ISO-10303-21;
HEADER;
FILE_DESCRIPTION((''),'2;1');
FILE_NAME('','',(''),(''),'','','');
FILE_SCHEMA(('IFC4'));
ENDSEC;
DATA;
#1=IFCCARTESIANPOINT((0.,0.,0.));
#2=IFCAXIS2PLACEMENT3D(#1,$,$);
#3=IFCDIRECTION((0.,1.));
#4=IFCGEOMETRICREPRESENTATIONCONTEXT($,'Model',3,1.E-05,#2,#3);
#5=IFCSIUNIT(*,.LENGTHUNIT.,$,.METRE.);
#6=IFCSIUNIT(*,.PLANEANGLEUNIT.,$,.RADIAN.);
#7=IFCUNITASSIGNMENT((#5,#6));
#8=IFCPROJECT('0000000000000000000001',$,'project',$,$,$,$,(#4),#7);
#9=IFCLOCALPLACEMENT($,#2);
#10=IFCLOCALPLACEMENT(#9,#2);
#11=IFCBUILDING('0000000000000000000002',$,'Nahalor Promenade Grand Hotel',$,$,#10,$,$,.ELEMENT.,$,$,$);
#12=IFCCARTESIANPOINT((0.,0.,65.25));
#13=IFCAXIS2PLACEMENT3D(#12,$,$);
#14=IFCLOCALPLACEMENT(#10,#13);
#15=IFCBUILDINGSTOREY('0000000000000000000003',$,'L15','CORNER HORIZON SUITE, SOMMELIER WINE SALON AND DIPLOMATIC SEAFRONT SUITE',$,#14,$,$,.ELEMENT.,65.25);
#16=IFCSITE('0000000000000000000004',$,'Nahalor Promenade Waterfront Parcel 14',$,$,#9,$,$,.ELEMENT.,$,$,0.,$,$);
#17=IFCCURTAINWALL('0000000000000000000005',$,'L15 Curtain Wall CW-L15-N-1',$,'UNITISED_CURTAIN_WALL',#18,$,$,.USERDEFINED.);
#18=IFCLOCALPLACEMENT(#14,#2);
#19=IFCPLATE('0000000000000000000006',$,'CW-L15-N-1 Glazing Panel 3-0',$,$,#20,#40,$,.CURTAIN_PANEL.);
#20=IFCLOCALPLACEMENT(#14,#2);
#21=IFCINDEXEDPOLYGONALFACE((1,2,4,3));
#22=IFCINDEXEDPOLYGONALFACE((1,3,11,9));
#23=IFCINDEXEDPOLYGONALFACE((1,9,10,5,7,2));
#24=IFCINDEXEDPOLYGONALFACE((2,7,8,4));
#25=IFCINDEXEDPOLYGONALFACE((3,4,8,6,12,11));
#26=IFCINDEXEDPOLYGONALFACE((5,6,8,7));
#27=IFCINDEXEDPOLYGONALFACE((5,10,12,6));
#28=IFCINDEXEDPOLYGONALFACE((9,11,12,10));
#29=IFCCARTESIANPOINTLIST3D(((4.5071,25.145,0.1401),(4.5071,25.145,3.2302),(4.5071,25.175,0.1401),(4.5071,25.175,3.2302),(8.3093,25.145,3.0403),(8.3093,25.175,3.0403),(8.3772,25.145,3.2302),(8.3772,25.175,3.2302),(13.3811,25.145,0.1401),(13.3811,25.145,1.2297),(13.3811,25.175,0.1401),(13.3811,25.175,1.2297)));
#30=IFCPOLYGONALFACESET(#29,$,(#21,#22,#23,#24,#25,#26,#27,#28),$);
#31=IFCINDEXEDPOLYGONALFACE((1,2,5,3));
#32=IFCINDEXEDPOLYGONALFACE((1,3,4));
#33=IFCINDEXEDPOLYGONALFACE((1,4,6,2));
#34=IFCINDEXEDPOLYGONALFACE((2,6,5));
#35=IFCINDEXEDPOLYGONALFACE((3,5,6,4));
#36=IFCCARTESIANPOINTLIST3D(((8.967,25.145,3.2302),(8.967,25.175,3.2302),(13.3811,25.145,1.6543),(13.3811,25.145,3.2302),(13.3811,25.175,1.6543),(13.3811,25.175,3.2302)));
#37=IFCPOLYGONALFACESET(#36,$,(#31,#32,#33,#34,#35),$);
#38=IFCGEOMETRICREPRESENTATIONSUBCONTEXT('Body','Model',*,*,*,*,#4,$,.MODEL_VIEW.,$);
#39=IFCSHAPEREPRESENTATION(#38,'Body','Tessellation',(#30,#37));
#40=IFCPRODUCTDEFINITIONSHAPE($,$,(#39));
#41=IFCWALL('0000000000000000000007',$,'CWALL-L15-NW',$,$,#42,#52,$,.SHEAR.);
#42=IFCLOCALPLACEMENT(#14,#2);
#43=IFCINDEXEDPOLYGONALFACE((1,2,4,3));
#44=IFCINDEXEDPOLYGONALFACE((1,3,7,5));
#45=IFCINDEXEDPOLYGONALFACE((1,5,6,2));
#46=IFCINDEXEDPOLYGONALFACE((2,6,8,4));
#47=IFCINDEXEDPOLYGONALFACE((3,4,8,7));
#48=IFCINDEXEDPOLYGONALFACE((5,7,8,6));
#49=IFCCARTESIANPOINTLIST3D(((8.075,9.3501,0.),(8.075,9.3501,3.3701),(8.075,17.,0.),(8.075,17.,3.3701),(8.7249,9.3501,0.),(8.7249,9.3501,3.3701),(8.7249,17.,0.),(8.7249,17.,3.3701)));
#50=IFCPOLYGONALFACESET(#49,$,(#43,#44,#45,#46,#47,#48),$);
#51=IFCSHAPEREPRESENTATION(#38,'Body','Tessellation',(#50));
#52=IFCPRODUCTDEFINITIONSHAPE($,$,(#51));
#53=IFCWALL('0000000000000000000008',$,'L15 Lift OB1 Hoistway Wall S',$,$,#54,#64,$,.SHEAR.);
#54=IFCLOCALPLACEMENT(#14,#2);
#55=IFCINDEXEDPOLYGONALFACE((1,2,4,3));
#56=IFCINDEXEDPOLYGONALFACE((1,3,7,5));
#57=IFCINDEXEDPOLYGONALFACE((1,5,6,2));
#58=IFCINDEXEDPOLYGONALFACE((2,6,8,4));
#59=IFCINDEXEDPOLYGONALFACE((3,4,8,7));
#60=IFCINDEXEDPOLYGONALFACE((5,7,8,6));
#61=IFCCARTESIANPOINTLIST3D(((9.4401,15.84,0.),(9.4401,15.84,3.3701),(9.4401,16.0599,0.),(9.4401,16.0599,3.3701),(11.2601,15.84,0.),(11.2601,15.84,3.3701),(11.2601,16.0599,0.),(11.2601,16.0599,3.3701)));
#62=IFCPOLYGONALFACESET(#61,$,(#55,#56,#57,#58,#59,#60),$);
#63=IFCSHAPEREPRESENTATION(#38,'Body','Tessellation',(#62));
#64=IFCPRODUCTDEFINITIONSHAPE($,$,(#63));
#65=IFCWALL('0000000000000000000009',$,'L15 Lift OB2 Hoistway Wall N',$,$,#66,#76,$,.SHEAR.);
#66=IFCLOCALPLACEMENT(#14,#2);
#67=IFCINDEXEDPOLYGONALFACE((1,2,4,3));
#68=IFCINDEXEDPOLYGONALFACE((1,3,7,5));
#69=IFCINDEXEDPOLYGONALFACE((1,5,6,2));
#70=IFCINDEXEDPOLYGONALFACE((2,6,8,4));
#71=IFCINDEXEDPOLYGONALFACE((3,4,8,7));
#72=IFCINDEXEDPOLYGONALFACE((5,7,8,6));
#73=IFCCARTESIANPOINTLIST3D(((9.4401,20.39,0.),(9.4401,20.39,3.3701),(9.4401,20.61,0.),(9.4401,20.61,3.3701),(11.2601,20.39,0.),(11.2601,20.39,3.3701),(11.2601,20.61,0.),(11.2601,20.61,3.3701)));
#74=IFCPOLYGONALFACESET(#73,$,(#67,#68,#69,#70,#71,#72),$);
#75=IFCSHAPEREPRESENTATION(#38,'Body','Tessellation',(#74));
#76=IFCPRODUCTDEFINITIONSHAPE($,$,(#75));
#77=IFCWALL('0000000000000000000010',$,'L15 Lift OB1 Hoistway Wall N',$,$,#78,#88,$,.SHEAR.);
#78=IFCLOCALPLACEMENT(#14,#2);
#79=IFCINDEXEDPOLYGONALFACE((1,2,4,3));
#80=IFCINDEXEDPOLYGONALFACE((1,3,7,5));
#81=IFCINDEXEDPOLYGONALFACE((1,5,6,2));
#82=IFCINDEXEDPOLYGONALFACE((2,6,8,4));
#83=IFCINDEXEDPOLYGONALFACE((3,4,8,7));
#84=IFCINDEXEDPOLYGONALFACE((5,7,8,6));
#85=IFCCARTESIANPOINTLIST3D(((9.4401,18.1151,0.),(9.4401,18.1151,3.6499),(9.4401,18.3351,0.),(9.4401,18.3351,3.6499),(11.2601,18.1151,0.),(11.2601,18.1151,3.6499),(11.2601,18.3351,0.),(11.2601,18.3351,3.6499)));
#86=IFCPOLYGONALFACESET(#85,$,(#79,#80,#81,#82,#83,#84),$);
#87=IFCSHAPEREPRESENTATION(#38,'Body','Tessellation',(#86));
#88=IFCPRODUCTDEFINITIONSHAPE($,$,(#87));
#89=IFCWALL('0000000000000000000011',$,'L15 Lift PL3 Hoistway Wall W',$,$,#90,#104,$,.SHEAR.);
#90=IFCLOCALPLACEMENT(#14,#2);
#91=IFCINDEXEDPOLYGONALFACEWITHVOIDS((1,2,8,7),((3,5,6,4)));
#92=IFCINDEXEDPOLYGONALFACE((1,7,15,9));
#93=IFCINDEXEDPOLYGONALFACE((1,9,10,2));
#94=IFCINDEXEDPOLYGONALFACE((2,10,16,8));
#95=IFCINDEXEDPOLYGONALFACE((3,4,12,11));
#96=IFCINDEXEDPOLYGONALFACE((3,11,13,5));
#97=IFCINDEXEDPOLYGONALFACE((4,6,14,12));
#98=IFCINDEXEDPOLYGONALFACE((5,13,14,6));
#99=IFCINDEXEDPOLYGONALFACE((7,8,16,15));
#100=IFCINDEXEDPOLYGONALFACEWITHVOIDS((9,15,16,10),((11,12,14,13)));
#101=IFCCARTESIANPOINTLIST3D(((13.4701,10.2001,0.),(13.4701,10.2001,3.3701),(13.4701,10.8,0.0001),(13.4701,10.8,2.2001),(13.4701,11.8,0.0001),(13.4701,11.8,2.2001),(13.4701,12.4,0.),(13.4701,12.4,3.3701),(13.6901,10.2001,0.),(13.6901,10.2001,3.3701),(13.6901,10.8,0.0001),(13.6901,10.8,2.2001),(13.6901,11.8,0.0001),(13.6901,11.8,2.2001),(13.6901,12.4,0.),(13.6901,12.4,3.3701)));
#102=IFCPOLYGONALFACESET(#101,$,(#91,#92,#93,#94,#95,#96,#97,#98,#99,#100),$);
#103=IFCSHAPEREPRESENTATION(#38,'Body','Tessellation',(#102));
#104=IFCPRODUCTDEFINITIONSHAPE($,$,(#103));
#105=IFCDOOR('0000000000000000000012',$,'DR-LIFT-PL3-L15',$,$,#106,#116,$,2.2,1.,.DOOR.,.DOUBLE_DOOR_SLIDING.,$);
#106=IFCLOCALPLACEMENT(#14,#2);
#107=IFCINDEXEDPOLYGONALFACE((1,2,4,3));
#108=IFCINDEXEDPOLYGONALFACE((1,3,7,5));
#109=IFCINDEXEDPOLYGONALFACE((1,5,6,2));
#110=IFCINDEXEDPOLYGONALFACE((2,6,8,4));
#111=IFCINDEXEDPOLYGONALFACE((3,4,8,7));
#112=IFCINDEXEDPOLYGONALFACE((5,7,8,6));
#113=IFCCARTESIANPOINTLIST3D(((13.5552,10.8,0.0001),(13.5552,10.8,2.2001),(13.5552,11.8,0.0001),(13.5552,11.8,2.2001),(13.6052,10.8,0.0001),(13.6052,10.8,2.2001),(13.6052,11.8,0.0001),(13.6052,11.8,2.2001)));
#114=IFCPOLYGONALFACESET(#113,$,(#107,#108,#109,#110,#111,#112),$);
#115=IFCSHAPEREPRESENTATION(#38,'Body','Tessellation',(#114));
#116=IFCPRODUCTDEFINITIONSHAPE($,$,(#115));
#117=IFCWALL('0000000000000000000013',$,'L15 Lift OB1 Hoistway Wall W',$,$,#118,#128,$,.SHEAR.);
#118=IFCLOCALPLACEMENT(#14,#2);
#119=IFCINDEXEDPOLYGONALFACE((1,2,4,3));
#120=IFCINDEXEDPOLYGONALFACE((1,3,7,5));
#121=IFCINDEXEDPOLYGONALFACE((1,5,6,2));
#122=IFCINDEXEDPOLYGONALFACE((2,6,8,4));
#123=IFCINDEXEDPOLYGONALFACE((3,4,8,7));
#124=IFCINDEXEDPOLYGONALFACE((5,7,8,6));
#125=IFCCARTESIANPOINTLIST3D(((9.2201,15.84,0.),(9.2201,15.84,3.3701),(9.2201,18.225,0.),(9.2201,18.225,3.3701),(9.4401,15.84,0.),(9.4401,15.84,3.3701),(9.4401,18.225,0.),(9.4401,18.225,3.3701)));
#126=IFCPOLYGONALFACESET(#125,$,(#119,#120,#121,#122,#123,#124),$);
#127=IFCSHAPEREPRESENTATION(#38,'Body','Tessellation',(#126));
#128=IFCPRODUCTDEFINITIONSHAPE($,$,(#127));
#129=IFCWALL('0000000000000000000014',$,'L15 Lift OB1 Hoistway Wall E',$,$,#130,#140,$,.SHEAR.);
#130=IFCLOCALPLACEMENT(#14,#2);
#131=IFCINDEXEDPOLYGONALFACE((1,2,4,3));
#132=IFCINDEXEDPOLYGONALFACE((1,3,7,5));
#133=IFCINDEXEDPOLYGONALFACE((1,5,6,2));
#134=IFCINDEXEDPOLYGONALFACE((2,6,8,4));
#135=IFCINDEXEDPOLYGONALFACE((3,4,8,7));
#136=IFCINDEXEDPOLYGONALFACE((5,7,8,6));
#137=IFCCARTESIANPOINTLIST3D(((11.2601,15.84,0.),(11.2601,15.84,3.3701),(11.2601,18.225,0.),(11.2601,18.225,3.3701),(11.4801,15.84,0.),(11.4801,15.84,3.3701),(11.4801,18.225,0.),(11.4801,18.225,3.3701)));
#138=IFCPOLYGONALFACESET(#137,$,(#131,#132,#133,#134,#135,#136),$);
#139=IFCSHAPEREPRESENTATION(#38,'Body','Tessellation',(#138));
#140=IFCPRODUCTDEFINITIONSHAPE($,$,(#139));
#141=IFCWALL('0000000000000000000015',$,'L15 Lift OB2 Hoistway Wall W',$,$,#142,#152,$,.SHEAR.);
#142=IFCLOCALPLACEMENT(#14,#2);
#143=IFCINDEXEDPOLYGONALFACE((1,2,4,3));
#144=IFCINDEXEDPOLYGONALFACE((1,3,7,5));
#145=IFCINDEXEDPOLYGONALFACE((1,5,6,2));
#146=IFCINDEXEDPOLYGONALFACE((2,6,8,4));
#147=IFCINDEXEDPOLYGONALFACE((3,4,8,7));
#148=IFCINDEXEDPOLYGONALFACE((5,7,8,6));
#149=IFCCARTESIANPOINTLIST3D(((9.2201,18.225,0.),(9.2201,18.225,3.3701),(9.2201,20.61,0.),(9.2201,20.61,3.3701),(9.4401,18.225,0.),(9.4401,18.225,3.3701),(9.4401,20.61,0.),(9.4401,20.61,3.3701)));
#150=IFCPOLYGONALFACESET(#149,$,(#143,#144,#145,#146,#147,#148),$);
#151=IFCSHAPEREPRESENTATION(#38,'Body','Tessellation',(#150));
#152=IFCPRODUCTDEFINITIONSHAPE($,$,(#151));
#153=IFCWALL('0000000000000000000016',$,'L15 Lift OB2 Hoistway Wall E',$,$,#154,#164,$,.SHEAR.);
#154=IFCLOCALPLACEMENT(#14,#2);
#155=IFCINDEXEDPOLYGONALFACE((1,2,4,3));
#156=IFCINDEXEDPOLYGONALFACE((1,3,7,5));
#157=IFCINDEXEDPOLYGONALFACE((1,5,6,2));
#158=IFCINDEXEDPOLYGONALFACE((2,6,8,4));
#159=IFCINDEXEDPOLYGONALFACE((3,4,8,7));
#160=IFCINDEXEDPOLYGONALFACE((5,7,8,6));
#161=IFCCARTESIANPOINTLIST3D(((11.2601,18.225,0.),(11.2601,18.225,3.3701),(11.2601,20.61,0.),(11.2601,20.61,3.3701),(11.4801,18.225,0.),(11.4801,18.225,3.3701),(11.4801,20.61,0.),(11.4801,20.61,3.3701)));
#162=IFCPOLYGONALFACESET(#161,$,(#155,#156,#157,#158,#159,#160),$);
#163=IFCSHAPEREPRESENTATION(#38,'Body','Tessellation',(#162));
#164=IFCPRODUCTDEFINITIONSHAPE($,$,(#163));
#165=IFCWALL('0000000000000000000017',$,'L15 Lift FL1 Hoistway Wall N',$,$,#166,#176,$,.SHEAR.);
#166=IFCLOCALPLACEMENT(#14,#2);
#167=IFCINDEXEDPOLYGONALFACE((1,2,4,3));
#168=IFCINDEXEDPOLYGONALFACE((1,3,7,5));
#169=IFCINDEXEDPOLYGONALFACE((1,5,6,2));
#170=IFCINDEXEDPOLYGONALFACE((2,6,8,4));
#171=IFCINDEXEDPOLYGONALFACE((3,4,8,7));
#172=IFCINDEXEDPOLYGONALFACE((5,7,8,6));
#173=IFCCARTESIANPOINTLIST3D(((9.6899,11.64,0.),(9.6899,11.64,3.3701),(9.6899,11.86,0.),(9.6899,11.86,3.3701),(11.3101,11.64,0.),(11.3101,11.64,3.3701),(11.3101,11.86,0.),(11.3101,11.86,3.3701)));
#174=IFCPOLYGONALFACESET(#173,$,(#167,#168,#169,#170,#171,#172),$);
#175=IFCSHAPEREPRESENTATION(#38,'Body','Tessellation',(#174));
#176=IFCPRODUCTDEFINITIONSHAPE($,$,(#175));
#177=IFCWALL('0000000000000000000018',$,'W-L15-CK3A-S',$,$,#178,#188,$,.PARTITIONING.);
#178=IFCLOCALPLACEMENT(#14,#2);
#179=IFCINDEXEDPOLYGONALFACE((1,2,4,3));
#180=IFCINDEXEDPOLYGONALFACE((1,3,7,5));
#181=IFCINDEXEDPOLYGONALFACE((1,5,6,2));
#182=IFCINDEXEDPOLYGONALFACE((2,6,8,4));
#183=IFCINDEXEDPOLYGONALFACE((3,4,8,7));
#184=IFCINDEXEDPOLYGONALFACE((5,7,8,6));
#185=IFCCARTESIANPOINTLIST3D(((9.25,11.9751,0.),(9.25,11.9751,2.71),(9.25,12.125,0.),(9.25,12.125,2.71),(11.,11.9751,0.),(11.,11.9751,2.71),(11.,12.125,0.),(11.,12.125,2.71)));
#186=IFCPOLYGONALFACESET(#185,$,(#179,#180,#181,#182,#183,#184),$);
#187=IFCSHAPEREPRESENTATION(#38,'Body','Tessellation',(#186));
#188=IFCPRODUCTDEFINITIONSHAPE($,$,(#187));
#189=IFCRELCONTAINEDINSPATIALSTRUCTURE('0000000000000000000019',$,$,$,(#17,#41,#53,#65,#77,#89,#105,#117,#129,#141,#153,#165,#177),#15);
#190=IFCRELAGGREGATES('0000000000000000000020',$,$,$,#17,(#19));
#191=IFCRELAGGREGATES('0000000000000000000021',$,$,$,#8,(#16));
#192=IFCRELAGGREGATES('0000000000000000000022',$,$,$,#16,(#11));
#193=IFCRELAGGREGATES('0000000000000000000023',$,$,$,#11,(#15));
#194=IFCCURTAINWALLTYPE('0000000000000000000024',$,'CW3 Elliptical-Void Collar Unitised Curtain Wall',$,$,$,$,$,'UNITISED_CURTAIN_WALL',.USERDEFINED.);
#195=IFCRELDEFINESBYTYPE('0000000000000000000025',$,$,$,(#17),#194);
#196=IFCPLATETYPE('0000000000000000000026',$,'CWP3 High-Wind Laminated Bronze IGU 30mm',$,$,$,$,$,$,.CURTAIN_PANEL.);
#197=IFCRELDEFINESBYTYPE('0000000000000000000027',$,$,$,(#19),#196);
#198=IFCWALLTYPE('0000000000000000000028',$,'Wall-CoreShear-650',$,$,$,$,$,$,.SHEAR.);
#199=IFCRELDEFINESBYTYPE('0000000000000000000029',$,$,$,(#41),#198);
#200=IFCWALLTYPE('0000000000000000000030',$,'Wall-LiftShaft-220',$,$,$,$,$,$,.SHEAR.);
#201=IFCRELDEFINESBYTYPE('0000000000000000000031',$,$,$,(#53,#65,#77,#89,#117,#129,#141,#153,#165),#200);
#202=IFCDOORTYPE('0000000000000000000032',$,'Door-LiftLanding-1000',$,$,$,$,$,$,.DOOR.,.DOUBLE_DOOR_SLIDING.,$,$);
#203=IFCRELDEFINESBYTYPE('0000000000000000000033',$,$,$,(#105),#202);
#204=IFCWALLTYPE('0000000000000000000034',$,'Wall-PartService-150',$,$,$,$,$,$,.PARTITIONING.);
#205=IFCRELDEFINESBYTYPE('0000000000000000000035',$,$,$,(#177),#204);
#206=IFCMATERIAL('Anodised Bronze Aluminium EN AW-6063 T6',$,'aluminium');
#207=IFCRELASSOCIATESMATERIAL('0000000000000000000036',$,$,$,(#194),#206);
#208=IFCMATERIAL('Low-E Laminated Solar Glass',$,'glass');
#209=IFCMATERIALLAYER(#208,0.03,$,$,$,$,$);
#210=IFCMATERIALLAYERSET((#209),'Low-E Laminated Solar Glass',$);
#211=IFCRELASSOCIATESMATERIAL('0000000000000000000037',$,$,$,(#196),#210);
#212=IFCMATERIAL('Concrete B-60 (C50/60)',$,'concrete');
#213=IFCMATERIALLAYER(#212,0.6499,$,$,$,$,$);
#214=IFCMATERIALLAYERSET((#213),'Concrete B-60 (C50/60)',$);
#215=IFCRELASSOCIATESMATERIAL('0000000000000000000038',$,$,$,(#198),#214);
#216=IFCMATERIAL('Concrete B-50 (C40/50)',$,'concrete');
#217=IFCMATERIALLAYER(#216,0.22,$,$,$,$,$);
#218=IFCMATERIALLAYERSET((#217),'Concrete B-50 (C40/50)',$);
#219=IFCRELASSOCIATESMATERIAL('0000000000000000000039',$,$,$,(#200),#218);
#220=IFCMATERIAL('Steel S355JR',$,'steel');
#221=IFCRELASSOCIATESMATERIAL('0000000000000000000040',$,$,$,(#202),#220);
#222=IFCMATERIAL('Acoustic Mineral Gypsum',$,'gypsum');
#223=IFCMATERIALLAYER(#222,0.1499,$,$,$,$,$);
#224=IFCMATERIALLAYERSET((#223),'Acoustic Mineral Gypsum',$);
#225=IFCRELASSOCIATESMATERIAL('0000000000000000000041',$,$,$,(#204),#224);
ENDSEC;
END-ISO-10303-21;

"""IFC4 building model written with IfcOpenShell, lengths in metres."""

from ifc_helpers import new_model, si_unit, direction, frame, frame_2d, origin, place, context, subcontext, project, spatial, polyline, rectangle, outline, extrude, source, transform, mapped, material, layer, layer_set, type_object, element, fill, aggregate, save


model = new_model("IFC4")

# Units and contexts
model_context = context("Model", 3, precision=1e-05, world=origin(), true_north=direction((0.0, 1.0)))
body_context = subcontext(model_context, "Body", "Model", "MODEL_VIEW")
ifc_project = project(units=[si_unit("LENGTHUNIT", "METRE"), si_unit("PLANEANGLEUNIT", "RADIAN")], contexts=[model_context])

# Site, building, storey
site_placement = place(None, origin())
site = spatial("IfcSite", under=ifc_project, at=site_placement, Name="Nahalor Promenade Waterfront Parcel 14", CompositionType="ELEMENT", RefElevation=0.0)
building_placement = place(site_placement, origin())
building = spatial("IfcBuilding", under=site, at=building_placement, Name="Nahalor Promenade Grand Hotel", CompositionType="ELEMENT")
storey_placement = place(building_placement, frame((0.0, 0.0, 65.25)))
storey = spatial("IfcBuildingStorey", under=building, at=storey_placement, Name="L15", Description="CORNER HORIZON SUITE, SOMMELIER WINE SALON AND DIPLOMATIC SEAFRONT SUITE", CompositionType="ELEMENT", Elevation=65.25)

# Shared definitions
ifc_material_1 = material(Name="Steel S355JR", Category="steel")

# Curtain wall, plate
ifc_material_2 = material(Name="Anodised Bronze Aluminium EN AW-6063 T6", Category="aluminium")
curtain_wall_type = type_object("IfcCurtainWallType", Name="CW3 Elliptical-Void Collar Unitised Curtain Wall", ElementType="UNITISED_CURTAIN_WALL", PredefinedType="USERDEFINED", material=ifc_material_2)
curtain_wall_placement = place(storey_placement, origin())
curtain_wall = element("IfcCurtainWall", 1, at=curtain_wall_placement, inside=storey, type_object=curtain_wall_type, Name="L15 Curtain Wall CW-L15-N-1", ObjectType="UNITISED_CURTAIN_WALL", PredefinedType="USERDEFINED")
ifc_material_3 = material(Name="Low-E Laminated Solar Glass", Category="glass")
ifc_layer_1 = layer(ifc_material_3, 0.03)
ifc_layer_set_1 = layer_set([ifc_layer_1], Name="Low-E Laminated Solar Glass")
plate_type = type_object("IfcPlateType", Name="CWP3 High-Wind Laminated Bronze IGU 30mm", PredefinedType="CURTAIN_PANEL", material=ifc_layer_set_1)
plate_placement = place(storey_placement, frame((8.9441, 25.1599, 0.1401), z_axis=(0.0, 0.0, 1.0), x_axis=(1.0, 0.0, 0.0)))
plate = element("IfcPlate", 2, at=plate_placement, type_object=plate_type, Name="CW-L15-N-1 Glazing Panel 3-0", PredefinedType="CURTAIN_PANEL", context=body_context, shape_type="SweptSolid", body=[
    extrude(outline(polyline([(-4.437, 0.0), (4.437, 0.0), (4.437, 1.0896), (-0.6348, 2.9001), (-0.5669, 3.0901), (-4.437, 3.0901), (-4.437, 0.0)])), frame((0.0, 0.0151, 0.0), z_axis=(0.0, -1.0, 0.0), x_axis=(1.0, 0.0, 0.0)), (0.0, 0.0, 1.0), 0.03),
    extrude(outline(polyline([(4.437, 1.5142), (4.437, 3.0901), (0.0229, 3.0901), (4.437, 1.5142)])), frame((0.0, 0.0151, 0.0), z_axis=(0.0, -1.0, 0.0), x_axis=(1.0, 0.0, 0.0)), (0.0, 0.0, 1.0), 0.03),
])
aggregate(curtain_wall, [plate])

# Walls
ifc_material_4 = material(Name="Concrete B-60 (C50/60)", Category="concrete")
ifc_layer_2 = layer(ifc_material_4, 0.6499)
ifc_layer_set_2 = layer_set([ifc_layer_2], Name="Concrete B-60 (C50/60)")
wall_type_1 = type_object("IfcWallType", Name="Wall-CoreShear-650", PredefinedType="SHEAR", material=ifc_layer_set_2)
shared_shape_1 = source(origin(), body_context, "Body", "SweptSolid", [
    extrude(rectangle(XDim=7.6499, YDim=0.6499, at=frame_2d((3.825, 0.0))), origin(), (0.0, 0.0, 1.0), 3.3701),
])
wall_1_placement = place(storey_placement, frame((8.3999, 9.3501, 0.0), z_axis=(0.0, 0.0, 1.0), x_axis=(0.0, 1.0, 0.0)))
element("IfcWall", 3, at=wall_1_placement, inside=storey, type_object=wall_type_1, Name="CWALL-L15-NW", PredefinedType="SHEAR", context=body_context, shape_type="MappedRepresentation", body=[
    mapped(shared_shape_1, transform((0.0, 0.0, 0.0), scale=1.0)),
])
ifc_material_5 = material(Name="Concrete B-50 (C40/50)", Category="concrete")
ifc_layer_3 = layer(ifc_material_5, 0.22)
ifc_layer_set_3 = layer_set([ifc_layer_3], Name="Concrete B-50 (C40/50)")
wall_type_2 = type_object("IfcWallType", Name="Wall-LiftShaft-220", PredefinedType="SHEAR", material=ifc_layer_set_3)
shared_shape_2 = source(origin(), body_context, "Body", "SweptSolid", [
    extrude(rectangle(XDim=1.8201, YDim=0.22, at=frame_2d((0.9102, 0.0))), origin(), (0.0, 0.0, 1.0), 3.3701),
])
for number, where, z_axis, x_axis, name in (
    (4, (9.4399, 15.95, 0.0), (0.0, 0.0, 1.0), (1.0, 0.0, 0.0), "L15 Lift OB1 Hoistway Wall S"),
    (5, (9.4399, 20.5, 0.0), (0.0, 0.0, 1.0), (1.0, 0.0, 0.0), "L15 Lift OB2 Hoistway Wall N"),
):
    element("IfcWall", number, at=place(storey_placement, frame(where, z_axis=z_axis, x_axis=x_axis)), inside=storey, type_object=wall_type_2, Name=name, PredefinedType="SHEAR", context=body_context, shape_type="MappedRepresentation", body=[
        mapped(shared_shape_2, transform((0.0, 0.0, 0.0), scale=1.0)),
    ])
shared_shape_3 = source(origin(), body_context, "Body", "SweptSolid", [
    extrude(rectangle(XDim=1.8201, YDim=0.22, at=frame_2d((0.9102, 0.0))), origin(), (0.0, 0.0, 1.0), 3.6499),
])
wall_2_placement = place(storey_placement, frame((9.4399, 18.2251, 0.0), z_axis=(0.0, 0.0, 1.0), x_axis=(1.0, 0.0, 0.0)))
element("IfcWall", 6, at=wall_2_placement, inside=storey, type_object=wall_type_2, Name="L15 Lift OB1 Hoistway Wall N", PredefinedType="SHEAR", context=body_context, shape_type="MappedRepresentation", body=[
    mapped(shared_shape_3, transform((0.0, 0.0, 0.0), scale=1.0)),
])

# Wall, opening, door
shared_shape_4 = source(origin(), body_context, "Body", "SweptSolid", [
    extrude(rectangle(XDim=2.2, YDim=0.22, at=frame_2d((1.1001, 0.0))), origin(), (0.0, 0.0, 1.0), 3.3701),
])
wall_3_placement = place(storey_placement, frame((13.5801, 10.2, 0.0), z_axis=(0.0, 0.0, 1.0), x_axis=(0.0, 1.0, 0.0)))
wall_3 = element("IfcWall", 7, at=wall_3_placement, inside=storey, type_object=wall_type_2, Name="L15 Lift PL3 Hoistway Wall W", PredefinedType="SHEAR", context=body_context, shape_type="MappedRepresentation", body=[
    mapped(shared_shape_4, transform((0.0, 0.0, 0.0), scale=1.0)),
])
opening_1_placement = place(wall_3_placement, frame((0.6001, 0.0, 0.0)))
opening_1 = element("IfcOpeningElement", 8, at=opening_1_placement, cuts=wall_3, PredefinedType="OPENING", context=body_context, shape_type="SweptSolid", body=[
    extrude(rectangle(XDim=1.0, YDim=2.2, at=frame_2d((0.5, 1.1001))), frame((0.0, 0.1199, 0.0), z_axis=(0.0, -1.0, 0.0), x_axis=(1.0, 0.0, 0.0)), (0.0, 0.0, 1.0), 0.24),
])
door_type_1 = type_object("IfcDoorType", Name="Door-LiftLanding-1000", OperationType="DOUBLE_DOOR_SLIDING", PredefinedType="DOOR", material=ifc_material_1)
shared_shape_5 = source(origin(), body_context, "Body", "SweptSolid", [
    extrude(rectangle(XDim=1.0, YDim=2.2, at=frame_2d((0.5, 1.1001))), frame((0.0, 0.0249, 0.0), z_axis=(0.0, -1.0, 0.0), x_axis=(1.0, 0.0, 0.0)), (0.0, 0.0, 1.0), 0.05),
])
door_1_placement = place(opening_1_placement, origin())
door_1 = element("IfcDoor", 9, at=door_1_placement, inside=storey, type_object=door_type_1, Name="DR-LIFT-PL3-L15", OperationType="DOUBLE_DOOR_SLIDING", OverallHeight=2.2, OverallWidth=1.0, PredefinedType="DOOR", context=body_context, shape_type="MappedRepresentation", body=[
    mapped(shared_shape_5, transform((0.0, 0.0, 0.0), scale=1.0)),
])
fill(opening_1, door_1)

# Walls
shared_shape_6 = source(origin(), body_context, "Body", "SweptSolid", [
    extrude(rectangle(XDim=2.385, YDim=0.22, at=frame_2d((1.1924, 0.0))), origin(), (0.0, 0.0, 1.0), 3.3701),
])
for number, where, z_axis, x_axis, name in (
    (10, (9.3301, 15.8401, 0.0), (0.0, 0.0, 1.0), (0.0, 1.0, 0.0), "L15 Lift OB1 Hoistway Wall W"),
    (11, (11.3701, 15.8401, 0.0), (0.0, 0.0, 1.0), (0.0, 1.0, 0.0), "L15 Lift OB1 Hoistway Wall E"),
    (12, (9.3301, 18.2251, 0.0), (0.0, 0.0, 1.0), (0.0, 1.0, 0.0), "L15 Lift OB2 Hoistway Wall W"),
    (13, (11.3701, 18.2251, 0.0), (0.0, 0.0, 1.0), (0.0, 1.0, 0.0), "L15 Lift OB2 Hoistway Wall E"),
):
    element("IfcWall", number, at=place(storey_placement, frame(where, z_axis=z_axis, x_axis=x_axis)), inside=storey, type_object=wall_type_2, Name=name, PredefinedType="SHEAR", context=body_context, shape_type="MappedRepresentation", body=[
        mapped(shared_shape_6, transform((0.0, 0.0, 0.0), scale=1.0)),
    ])
shared_shape_7 = source(origin(), body_context, "Body", "SweptSolid", [
    extrude(rectangle(XDim=1.6201, YDim=0.22, at=frame_2d((0.8101, 0.0))), origin(), (0.0, 0.0, 1.0), 3.3701),
])
wall_4_placement = place(storey_placement, frame((9.6899, 11.75, 0.0), z_axis=(0.0, 0.0, 1.0), x_axis=(1.0, 0.0, 0.0)))
element("IfcWall", 14, at=wall_4_placement, inside=storey, type_object=wall_type_2, Name="L15 Lift FL1 Hoistway Wall N", PredefinedType="SHEAR", context=body_context, shape_type="MappedRepresentation", body=[
    mapped(shared_shape_7, transform((0.0, 0.0, 0.0), scale=1.0)),
])
ifc_material_6 = material(Name="Acoustic Mineral Gypsum", Category="gypsum")
ifc_layer_4 = layer(ifc_material_6, 0.1499)
ifc_layer_set_4 = layer_set([ifc_layer_4], Name="Acoustic Mineral Gypsum")
wall_type_3 = type_object("IfcWallType", Name="Wall-PartService-150", PredefinedType="PARTITIONING", material=ifc_layer_set_4)
shared_shape_8 = source(origin(), body_context, "Body", "SweptSolid", [
    extrude(rectangle(XDim=1.75, YDim=0.1499, at=frame_2d((0.875, 0.0))), origin(), (0.0, 0.0, 1.0), 2.71),
])
for number, where, z_axis, x_axis, name in (
    (15, (9.25, 12.05, 0.0), (0.0, 0.0, 1.0), (1.0, 0.0, 0.0), "W-L15-CK3A-S"),
):
    element("IfcWall", number, at=place(storey_placement, frame(where, z_axis=z_axis, x_axis=x_axis)), inside=storey, type_object=wall_type_3, Name=name, PredefinedType="PARTITIONING", context=body_context, shape_type="MappedRepresentation", body=[
        mapped(shared_shape_8, transform((0.0, 0.0, 0.0), scale=1.0)),
    ])

save(model, "model.ifc")
